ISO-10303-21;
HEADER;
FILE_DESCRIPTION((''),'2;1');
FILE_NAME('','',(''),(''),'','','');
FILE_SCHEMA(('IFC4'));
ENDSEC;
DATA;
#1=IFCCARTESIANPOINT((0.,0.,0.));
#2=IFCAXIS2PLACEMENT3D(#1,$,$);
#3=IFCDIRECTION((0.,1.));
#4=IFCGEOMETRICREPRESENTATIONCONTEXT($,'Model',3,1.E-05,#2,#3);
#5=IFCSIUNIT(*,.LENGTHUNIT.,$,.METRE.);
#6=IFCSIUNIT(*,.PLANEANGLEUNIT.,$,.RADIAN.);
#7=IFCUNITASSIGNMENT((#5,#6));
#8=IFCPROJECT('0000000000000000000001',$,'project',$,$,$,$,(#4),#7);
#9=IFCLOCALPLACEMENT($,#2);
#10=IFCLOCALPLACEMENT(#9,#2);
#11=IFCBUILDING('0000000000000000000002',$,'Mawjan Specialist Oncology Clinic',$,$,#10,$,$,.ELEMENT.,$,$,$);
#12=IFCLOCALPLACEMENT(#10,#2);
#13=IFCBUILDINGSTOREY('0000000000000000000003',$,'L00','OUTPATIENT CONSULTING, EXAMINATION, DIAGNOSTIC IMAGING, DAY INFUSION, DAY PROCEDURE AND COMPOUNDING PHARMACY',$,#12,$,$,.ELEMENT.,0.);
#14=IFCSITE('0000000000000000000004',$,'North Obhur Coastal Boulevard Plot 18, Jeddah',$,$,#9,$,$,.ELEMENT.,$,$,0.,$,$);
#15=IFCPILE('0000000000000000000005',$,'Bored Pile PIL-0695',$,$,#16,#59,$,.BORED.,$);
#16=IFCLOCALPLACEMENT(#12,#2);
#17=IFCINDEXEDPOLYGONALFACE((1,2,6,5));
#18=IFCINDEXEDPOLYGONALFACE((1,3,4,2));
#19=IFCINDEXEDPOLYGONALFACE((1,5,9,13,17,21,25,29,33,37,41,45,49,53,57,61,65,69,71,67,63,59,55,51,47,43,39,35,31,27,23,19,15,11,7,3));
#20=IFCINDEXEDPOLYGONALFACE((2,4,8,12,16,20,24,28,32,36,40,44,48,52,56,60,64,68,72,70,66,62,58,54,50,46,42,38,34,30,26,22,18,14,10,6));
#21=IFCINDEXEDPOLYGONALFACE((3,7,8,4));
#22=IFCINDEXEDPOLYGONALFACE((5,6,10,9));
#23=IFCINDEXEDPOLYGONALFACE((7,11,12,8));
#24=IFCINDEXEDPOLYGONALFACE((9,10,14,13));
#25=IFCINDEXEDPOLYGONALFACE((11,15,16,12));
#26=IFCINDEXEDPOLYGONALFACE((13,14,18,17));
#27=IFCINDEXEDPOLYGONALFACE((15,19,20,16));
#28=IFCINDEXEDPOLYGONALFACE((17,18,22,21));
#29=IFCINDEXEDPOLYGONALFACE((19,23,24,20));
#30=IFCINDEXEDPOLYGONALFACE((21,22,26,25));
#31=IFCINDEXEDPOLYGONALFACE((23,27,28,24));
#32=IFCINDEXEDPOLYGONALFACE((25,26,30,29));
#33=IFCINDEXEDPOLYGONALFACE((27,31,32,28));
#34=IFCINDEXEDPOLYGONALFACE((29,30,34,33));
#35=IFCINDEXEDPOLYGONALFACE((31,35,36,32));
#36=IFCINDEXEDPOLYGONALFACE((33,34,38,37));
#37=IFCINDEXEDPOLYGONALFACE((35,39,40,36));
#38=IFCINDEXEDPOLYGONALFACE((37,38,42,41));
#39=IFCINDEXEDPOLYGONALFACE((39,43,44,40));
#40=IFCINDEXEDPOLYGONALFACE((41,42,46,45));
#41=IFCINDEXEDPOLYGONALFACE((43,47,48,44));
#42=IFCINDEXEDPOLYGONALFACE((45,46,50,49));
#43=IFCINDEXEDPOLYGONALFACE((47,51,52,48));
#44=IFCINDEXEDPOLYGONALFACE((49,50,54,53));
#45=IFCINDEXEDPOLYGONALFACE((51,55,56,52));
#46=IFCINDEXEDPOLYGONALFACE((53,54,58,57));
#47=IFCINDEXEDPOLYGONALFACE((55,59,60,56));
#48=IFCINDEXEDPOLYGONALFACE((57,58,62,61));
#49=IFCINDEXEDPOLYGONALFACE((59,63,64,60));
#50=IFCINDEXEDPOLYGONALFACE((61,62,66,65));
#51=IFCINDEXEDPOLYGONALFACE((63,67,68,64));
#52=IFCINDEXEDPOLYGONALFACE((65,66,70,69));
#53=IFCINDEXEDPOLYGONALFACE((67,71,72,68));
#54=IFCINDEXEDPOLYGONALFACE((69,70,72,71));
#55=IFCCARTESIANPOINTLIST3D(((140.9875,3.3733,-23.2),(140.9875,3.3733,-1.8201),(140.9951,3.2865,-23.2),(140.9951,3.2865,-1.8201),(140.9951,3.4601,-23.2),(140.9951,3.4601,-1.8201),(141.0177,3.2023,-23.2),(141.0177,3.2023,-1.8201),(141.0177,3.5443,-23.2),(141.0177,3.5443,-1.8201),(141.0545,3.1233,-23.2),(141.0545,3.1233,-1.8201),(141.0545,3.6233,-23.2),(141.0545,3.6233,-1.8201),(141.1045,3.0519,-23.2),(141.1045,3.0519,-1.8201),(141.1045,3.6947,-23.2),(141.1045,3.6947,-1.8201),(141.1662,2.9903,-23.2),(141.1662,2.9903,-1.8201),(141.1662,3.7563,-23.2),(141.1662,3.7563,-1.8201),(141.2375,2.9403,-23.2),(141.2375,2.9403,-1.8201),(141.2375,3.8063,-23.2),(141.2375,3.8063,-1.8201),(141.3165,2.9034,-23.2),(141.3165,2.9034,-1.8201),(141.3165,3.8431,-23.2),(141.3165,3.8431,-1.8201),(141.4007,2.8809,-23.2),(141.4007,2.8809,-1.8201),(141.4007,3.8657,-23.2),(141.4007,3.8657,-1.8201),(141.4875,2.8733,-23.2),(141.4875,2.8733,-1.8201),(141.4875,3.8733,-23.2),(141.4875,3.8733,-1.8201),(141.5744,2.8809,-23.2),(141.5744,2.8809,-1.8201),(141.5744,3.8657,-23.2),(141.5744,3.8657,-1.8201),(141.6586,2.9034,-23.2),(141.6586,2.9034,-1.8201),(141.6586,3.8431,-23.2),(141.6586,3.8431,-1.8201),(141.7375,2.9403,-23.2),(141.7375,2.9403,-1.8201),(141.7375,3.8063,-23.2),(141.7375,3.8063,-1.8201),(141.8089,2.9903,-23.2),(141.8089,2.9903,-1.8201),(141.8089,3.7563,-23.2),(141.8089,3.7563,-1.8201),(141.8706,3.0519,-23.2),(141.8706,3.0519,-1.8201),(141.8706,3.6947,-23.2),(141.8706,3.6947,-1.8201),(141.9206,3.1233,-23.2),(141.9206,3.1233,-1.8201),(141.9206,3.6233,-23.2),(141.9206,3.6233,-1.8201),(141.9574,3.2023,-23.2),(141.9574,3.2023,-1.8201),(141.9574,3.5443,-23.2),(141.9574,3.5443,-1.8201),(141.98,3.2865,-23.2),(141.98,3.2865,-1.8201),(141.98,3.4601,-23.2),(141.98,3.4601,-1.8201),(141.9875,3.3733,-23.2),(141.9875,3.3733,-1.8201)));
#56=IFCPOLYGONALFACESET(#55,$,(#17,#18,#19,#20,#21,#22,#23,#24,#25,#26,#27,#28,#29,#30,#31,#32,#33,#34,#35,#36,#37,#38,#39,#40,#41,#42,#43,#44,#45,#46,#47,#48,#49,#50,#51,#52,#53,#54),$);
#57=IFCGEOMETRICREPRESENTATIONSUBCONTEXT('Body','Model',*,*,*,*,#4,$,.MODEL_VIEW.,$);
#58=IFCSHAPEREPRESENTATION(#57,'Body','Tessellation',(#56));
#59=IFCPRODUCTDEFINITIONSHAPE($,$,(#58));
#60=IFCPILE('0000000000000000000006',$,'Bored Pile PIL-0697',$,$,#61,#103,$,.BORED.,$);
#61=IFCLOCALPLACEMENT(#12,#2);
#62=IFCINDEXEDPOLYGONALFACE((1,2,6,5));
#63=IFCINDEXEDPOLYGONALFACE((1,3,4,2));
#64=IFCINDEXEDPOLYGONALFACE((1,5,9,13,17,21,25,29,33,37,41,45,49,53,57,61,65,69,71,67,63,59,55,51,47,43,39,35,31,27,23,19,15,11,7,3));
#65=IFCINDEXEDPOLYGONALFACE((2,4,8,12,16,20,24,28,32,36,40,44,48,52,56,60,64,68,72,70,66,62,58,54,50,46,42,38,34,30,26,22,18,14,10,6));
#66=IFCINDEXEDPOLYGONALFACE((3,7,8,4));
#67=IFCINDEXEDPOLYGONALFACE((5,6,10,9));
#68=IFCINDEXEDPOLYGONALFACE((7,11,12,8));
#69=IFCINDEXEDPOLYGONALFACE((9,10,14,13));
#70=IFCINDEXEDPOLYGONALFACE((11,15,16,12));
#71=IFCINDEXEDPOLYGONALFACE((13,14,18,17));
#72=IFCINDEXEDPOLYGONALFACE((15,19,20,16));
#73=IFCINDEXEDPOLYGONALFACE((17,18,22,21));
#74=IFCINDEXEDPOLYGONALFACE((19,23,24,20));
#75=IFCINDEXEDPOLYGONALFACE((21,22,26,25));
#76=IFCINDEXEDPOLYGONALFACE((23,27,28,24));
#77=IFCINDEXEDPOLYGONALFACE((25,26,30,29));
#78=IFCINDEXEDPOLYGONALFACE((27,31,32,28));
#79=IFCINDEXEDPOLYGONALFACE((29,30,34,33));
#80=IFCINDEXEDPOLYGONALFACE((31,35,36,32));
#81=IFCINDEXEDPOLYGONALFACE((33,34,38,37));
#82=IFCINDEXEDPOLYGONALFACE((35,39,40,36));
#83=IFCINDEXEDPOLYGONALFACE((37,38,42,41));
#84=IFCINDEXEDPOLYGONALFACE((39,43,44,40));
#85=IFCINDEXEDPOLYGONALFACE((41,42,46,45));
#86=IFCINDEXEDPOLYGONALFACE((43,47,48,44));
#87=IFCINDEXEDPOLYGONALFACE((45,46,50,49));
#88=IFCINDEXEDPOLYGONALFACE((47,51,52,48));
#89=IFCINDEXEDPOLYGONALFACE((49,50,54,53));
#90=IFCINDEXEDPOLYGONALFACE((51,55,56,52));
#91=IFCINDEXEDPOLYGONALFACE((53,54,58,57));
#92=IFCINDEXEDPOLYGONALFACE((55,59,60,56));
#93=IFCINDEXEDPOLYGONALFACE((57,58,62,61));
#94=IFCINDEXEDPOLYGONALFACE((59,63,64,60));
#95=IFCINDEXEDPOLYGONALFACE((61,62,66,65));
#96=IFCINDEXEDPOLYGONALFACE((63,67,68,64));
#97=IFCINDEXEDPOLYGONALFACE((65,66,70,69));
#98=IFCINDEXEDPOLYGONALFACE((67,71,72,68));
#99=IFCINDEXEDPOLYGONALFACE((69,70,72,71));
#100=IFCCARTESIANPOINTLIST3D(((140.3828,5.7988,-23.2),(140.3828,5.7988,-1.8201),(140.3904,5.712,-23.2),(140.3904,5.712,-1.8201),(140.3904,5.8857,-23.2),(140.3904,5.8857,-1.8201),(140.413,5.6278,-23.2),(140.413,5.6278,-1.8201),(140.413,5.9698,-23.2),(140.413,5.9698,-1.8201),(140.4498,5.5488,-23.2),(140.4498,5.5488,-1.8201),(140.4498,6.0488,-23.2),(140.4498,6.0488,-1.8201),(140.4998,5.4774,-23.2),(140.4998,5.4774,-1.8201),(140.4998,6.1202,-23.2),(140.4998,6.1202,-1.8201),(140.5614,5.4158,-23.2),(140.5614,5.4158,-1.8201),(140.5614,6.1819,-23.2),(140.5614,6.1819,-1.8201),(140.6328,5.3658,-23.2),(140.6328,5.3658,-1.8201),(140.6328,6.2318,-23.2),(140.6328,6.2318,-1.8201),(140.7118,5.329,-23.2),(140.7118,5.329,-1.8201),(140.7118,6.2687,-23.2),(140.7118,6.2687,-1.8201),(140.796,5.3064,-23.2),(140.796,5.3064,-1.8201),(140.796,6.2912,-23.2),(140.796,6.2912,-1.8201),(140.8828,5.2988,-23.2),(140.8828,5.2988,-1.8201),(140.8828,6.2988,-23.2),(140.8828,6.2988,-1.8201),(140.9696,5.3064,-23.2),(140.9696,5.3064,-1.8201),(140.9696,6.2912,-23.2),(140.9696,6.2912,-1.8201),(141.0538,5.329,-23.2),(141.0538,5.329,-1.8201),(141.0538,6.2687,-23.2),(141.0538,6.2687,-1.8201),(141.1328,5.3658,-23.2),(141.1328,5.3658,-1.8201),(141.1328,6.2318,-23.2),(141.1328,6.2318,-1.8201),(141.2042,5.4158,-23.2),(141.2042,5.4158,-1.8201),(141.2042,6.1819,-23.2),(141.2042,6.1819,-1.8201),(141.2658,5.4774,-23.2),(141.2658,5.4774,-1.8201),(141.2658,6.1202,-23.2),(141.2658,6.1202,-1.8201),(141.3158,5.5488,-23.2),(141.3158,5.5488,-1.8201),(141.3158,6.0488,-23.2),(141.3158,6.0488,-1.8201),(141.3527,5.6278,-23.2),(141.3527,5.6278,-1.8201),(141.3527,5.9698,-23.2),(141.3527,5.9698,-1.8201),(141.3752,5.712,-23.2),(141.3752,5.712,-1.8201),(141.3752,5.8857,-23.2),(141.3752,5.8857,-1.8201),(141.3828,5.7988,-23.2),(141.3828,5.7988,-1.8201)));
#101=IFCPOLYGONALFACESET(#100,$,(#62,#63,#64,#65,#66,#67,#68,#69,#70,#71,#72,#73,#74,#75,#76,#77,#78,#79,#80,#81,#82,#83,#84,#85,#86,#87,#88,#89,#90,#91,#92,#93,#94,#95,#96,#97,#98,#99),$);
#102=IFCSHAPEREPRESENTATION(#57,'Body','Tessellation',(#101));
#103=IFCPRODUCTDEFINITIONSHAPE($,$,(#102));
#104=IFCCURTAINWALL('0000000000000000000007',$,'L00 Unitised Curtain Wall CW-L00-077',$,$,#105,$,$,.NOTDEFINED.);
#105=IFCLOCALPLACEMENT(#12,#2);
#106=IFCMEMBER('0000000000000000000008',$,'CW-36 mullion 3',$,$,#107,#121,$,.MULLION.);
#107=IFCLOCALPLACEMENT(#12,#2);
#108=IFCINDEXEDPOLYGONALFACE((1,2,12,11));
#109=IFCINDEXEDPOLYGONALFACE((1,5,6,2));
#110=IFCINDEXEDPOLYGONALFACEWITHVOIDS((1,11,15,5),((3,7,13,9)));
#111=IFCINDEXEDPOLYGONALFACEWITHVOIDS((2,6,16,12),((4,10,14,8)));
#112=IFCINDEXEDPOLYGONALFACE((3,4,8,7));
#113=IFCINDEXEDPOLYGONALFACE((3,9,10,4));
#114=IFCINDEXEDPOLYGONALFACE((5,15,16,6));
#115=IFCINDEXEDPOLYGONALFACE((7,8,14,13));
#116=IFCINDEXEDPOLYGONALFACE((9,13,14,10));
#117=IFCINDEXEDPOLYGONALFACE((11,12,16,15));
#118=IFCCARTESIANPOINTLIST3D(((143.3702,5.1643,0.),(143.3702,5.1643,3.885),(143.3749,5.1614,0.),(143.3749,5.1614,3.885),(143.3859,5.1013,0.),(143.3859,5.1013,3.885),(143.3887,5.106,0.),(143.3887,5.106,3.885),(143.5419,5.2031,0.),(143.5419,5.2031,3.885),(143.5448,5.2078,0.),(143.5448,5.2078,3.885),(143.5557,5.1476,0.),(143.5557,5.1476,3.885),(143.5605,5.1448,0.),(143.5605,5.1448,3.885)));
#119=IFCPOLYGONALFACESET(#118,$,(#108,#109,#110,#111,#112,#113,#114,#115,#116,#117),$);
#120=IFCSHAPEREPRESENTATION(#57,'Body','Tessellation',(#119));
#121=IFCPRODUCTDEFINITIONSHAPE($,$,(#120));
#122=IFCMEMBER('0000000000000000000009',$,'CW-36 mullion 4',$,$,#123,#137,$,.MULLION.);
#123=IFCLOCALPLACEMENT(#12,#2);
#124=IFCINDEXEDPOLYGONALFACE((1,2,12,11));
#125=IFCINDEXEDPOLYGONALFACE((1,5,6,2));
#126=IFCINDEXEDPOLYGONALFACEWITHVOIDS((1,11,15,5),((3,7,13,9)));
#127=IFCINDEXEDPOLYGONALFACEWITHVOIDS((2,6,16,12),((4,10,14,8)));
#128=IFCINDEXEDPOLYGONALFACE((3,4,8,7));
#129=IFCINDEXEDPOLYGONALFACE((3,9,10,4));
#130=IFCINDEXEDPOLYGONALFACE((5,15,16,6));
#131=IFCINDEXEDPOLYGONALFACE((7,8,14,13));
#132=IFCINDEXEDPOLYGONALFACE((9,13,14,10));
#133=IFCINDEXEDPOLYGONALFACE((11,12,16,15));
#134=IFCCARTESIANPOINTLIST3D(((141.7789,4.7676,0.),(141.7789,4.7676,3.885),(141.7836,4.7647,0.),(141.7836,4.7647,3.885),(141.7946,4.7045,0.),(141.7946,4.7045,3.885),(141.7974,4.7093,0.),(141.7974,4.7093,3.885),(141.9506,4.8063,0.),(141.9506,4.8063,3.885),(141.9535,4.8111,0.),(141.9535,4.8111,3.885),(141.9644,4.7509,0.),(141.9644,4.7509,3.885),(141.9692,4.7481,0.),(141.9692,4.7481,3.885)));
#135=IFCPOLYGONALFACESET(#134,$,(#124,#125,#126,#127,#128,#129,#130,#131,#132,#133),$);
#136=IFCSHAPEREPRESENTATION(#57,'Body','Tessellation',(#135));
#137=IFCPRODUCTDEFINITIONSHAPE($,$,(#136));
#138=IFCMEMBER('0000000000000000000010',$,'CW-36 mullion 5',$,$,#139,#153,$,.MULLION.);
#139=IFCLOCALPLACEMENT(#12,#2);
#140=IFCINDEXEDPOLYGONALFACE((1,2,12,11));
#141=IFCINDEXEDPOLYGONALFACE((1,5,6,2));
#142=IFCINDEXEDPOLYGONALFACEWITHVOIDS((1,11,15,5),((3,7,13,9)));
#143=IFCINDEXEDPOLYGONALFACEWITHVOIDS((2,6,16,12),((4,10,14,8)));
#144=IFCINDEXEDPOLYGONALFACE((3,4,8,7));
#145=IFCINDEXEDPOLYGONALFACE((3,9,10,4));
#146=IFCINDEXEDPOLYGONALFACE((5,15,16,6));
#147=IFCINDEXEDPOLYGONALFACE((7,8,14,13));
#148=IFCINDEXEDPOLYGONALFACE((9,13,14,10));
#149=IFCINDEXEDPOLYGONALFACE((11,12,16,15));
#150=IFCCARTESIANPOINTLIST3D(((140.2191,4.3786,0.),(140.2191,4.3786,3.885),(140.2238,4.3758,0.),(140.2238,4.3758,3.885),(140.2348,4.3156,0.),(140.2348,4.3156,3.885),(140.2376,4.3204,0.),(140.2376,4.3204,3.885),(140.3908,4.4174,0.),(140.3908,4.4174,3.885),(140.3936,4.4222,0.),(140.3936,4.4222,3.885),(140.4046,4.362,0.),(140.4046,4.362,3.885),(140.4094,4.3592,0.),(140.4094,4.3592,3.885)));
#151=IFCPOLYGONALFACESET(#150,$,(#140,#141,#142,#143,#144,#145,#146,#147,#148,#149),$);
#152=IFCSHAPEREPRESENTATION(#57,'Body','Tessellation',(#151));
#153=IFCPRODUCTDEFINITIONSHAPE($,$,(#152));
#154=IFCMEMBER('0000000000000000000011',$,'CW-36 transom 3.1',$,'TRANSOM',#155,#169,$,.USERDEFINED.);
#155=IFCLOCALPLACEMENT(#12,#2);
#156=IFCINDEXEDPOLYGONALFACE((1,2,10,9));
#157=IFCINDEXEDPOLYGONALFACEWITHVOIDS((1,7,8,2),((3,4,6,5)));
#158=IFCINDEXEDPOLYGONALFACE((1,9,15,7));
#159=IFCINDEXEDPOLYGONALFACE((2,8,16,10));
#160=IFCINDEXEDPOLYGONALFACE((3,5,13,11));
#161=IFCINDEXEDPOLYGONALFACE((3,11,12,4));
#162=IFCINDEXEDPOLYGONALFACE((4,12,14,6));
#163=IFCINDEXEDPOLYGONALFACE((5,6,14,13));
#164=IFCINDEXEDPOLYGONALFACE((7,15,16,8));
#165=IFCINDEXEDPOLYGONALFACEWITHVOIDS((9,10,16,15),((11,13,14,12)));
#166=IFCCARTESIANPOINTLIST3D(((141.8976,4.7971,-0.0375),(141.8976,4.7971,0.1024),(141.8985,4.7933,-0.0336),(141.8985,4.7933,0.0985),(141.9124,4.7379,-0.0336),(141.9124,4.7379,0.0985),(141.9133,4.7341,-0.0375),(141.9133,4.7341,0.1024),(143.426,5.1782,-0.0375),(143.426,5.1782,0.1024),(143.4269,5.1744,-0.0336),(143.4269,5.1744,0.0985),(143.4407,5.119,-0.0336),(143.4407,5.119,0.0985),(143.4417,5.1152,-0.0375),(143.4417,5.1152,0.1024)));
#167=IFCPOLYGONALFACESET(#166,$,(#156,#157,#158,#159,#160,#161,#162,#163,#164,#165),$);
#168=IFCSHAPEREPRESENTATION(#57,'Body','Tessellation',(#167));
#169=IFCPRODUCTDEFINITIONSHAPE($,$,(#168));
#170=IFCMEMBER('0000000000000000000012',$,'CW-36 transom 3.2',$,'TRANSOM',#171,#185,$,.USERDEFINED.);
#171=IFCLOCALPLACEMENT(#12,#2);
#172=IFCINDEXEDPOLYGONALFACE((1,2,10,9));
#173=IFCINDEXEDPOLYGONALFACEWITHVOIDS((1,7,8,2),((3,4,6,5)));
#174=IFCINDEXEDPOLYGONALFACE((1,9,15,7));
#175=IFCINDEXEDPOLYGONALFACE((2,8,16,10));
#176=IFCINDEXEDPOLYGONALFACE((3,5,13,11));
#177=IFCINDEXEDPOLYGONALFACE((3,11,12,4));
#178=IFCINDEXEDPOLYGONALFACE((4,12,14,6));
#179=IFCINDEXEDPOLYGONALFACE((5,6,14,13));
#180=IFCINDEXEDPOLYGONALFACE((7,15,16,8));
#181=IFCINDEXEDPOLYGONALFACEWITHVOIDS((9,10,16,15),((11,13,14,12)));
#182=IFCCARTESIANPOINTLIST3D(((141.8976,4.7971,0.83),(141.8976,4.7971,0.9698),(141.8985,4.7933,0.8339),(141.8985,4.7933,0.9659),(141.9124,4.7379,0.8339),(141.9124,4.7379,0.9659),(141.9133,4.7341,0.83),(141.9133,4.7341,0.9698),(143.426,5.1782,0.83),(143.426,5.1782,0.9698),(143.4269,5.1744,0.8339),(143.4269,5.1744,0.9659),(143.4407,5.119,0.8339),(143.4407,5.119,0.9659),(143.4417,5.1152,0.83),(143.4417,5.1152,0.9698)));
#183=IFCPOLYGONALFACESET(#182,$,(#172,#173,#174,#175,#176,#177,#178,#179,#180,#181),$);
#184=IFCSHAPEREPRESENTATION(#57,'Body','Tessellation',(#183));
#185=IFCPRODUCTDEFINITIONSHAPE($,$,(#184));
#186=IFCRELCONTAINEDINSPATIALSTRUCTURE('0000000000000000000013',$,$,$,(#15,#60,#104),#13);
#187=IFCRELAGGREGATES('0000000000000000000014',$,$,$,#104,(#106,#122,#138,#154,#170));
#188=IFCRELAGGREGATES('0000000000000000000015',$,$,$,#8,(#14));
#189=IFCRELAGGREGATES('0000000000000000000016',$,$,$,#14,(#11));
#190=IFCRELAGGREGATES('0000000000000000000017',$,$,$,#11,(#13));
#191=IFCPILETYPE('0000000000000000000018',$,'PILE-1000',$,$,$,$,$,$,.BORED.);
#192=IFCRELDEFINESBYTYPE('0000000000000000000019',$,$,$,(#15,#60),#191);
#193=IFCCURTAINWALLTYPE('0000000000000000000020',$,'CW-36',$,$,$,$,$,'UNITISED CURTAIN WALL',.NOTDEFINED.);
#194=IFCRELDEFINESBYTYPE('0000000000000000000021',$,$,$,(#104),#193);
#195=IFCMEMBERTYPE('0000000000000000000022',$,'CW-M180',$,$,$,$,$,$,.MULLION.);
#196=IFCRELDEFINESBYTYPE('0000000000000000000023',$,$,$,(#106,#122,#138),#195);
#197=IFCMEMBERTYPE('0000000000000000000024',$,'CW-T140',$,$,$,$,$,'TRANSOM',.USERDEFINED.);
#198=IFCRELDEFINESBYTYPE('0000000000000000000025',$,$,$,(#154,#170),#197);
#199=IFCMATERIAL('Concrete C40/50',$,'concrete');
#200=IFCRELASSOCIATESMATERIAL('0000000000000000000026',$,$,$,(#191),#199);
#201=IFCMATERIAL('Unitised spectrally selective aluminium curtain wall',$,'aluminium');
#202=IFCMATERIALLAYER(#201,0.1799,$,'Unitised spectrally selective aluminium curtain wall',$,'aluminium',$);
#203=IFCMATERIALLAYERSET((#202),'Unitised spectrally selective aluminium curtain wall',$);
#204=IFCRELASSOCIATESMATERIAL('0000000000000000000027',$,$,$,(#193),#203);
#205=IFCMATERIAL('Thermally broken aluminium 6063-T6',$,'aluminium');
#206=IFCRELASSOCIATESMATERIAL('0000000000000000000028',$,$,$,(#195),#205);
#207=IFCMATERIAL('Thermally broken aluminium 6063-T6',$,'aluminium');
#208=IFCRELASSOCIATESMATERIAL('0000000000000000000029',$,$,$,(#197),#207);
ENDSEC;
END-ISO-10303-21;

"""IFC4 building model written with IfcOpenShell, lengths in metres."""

from ifc_helpers import new_model, si_unit, direction, frame, origin, origin_2d, place, context, subcontext, project, spatial, hollow_rectangle, circle, extrude, material, layer, layer_set, material_profile, profile_set, type_object, element, aggregate, save


model = new_model("IFC4")

# Units and contexts
model_context = context("Model", 3, precision=1e-05, world=origin(), true_north=direction((0.0, 1.0)))
body_context = subcontext(model_context, "Body", "Model", "MODEL_VIEW")
ifc_project = project(units=[si_unit("LENGTHUNIT", "METRE"), si_unit("PLANEANGLEUNIT", "RADIAN")], contexts=[model_context])

# Site, building, storey
site_placement = place(None, origin())
site = spatial("IfcSite", under=ifc_project, at=site_placement, Name="North Obhur Coastal Boulevard Plot 18, Jeddah", CompositionType="ELEMENT", RefElevation=0.0)
building_placement = place(site_placement, origin())
building = spatial("IfcBuilding", under=site, at=building_placement, Name="Mawjan Specialist Oncology Clinic", CompositionType="ELEMENT")
storey_placement = place(building_placement, origin())
storey = spatial("IfcBuildingStorey", under=building, at=storey_placement, Name="L00", Description="OUTPATIENT CONSULTING, EXAMINATION, DIAGNOSTIC IMAGING, DAY INFUSION, DAY PROCEDURE AND COMPOUNDING PHARMACY", CompositionType="ELEMENT", Elevation=0.0)

# Piles
ifc_material_1 = material(Name="Concrete C40/50", Category="concrete")
ifc_material_profile_1 = material_profile(ifc_material_1, circle(Radius=0.5, at=origin_2d()), Name="BORED PILE D1000", Category="concrete")
ifc_profile_set_1 = profile_set([ifc_material_profile_1], Name="Concrete C40/50")
pile_type = type_object("IfcPileType", Name="PILE-1000", PredefinedType="BORED", material=ifc_profile_set_1)
for number, where, z_axis, x_axis, name in (
    (1, (141.4875, 3.3733, -1.8201), (0.0, 0.0, -1.0), (1.0, 0.0, 0.0), "Bored Pile PIL-0695"),
    (2, (140.8828, 5.7988, -1.8201), (0.0, 0.0, -1.0), (1.0, 0.0, 0.0), "Bored Pile PIL-0697"),
):
    element("IfcPile", number, at=place(storey_placement, frame(where, z_axis=z_axis, x_axis=x_axis)), inside=storey, type_object=pile_type, Name=name, PredefinedType="BORED", context=body_context, shape_type="SweptSolid", body=[
        extrude(circle(Radius=0.5, at=origin_2d()), origin(), (0.0, 0.0, 1.0), 21.3799),
    ])

# Curtain wall, members
ifc_material_2 = material(Name="Unitised spectrally selective aluminium curtain wall", Category="aluminium")
ifc_layer_1 = layer(ifc_material_2, 0.1799, Name="Unitised spectrally selective aluminium curtain wall", Category="aluminium")
ifc_layer_set_1 = layer_set([ifc_layer_1], Name="Unitised spectrally selective aluminium curtain wall")
curtain_wall_type = type_object("IfcCurtainWallType", Name="CW-36", ElementType="UNITISED CURTAIN WALL", PredefinedType="NOTDEFINED", material=ifc_layer_set_1)
curtain_wall_placement = place(storey_placement, origin())
curtain_wall = element("IfcCurtainWall", 3, at=curtain_wall_placement, inside=storey, type_object=curtain_wall_type, Name="L00 Unitised Curtain Wall CW-L00-077", PredefinedType="NOTDEFINED")
ifc_material_3 = material(Name="Thermally broken aluminium 6063-T6", Category="aluminium")
ifc_material_profile_2 = material_profile(ifc_material_3, hollow_rectangle(XDim=0.0649, YDim=0.1799, WallThickness=0.0039, at=origin_2d()), Name="ALU MULLION 180x65x4", Category="aluminium")
ifc_profile_set_2 = profile_set([ifc_material_profile_2], Name="Thermally broken aluminium 6063-T6")
member_type_1 = type_object("IfcMemberType", Name="CW-M180", PredefinedType="MULLION", material=ifc_profile_set_2)
member_1_placement = place(storey_placement, frame((143.4653, 5.1545, 0.0), z_axis=(0.0, 0.0, 1.0), x_axis=(0.241922, -0.970296, 0.0)))
member_1 = element("IfcMember", 4, at=member_1_placement, type_object=member_type_1, Name="CW-36 mullion 3", PredefinedType="MULLION", context=body_context, shape_type="SweptSolid", body=[
    extrude(hollow_rectangle(XDim=0.0649, YDim=0.1799, WallThickness=0.0039, at=origin_2d()), origin(), (0.0, 0.0, 1.0), 3.885),
])
member_2_placement = place(storey_placement, frame((141.874, 4.7578, 0.0), z_axis=(0.0, 0.0, 1.0), x_axis=(0.241922, -0.970296, 0.0)))
member_2 = element("IfcMember", 5, at=member_2_placement, type_object=member_type_1, Name="CW-36 mullion 4", PredefinedType="MULLION", context=body_context, shape_type="SweptSolid", body=[
    extrude(hollow_rectangle(XDim=0.0649, YDim=0.1799, WallThickness=0.0039, at=origin_2d()), origin(), (0.0, 0.0, 1.0), 3.885),
])
member_3_placement = place(storey_placement, frame((140.3142, 4.3689, 0.0), z_axis=(0.0, 0.0, 1.0), x_axis=(0.241922, -0.970296, 0.0)))
member_3 = element("IfcMember", 6, at=member_3_placement, type_object=member_type_1, Name="CW-36 mullion 5", PredefinedType="MULLION", context=body_context, shape_type="SweptSolid", body=[
    extrude(hollow_rectangle(XDim=0.0649, YDim=0.1799, WallThickness=0.0039, at=origin_2d()), origin(), (0.0, 0.0, 1.0), 3.885),
])
ifc_material_4 = material(Name="Thermally broken aluminium 6063-T6", Category="aluminium")
ifc_material_profile_3 = material_profile(ifc_material_4, hollow_rectangle(XDim=0.0649, YDim=0.1399, WallThickness=0.0039, at=origin_2d()), Name="ALU TRANSOM 140x65x4", Category="aluminium")
ifc_profile_set_3 = profile_set([ifc_material_profile_3], Name="Thermally broken aluminium 6063-T6")
member_type_2 = type_object("IfcMemberType", Name="CW-T140", ElementType="TRANSOM", PredefinedType="USERDEFINED", material=ifc_profile_set_3)
member_4_placement = place(storey_placement, frame((143.4338, 5.1467, 0.0325), z_axis=(-0.970288, -0.241952, 0.0), x_axis=(0.241952, -0.970288, 0.0)))
member_4 = element("IfcMember", 7, at=member_4_placement, type_object=member_type_2, Name="CW-36 transom 3.1", ObjectType="TRANSOM", PredefinedType="USERDEFINED", context=body_context, shape_type="SweptSolid", body=[
    extrude(hollow_rectangle(XDim=0.0649, YDim=0.1399, WallThickness=0.0039, at=origin_2d()), origin(), (0.0, 0.0, 1.0), 1.5752),
])
member_5_placement = place(storey_placement, frame((143.4338, 5.1467, 0.8999), z_axis=(-0.970288, -0.241952, 0.0), x_axis=(0.241952, -0.970288, 0.0)))
member_5 = element("IfcMember", 8, at=member_5_placement, type_object=member_type_2, Name="CW-36 transom 3.2", ObjectType="TRANSOM", PredefinedType="USERDEFINED", context=body_context, shape_type="SweptSolid", body=[
    extrude(hollow_rectangle(XDim=0.0649, YDim=0.1399, WallThickness=0.0039, at=origin_2d()), origin(), (0.0, 0.0, 1.0), 1.5752),
])
aggregate(curtain_wall, [member_1, member_2, member_3, member_4, member_5])

save(model, "model.ifc")
